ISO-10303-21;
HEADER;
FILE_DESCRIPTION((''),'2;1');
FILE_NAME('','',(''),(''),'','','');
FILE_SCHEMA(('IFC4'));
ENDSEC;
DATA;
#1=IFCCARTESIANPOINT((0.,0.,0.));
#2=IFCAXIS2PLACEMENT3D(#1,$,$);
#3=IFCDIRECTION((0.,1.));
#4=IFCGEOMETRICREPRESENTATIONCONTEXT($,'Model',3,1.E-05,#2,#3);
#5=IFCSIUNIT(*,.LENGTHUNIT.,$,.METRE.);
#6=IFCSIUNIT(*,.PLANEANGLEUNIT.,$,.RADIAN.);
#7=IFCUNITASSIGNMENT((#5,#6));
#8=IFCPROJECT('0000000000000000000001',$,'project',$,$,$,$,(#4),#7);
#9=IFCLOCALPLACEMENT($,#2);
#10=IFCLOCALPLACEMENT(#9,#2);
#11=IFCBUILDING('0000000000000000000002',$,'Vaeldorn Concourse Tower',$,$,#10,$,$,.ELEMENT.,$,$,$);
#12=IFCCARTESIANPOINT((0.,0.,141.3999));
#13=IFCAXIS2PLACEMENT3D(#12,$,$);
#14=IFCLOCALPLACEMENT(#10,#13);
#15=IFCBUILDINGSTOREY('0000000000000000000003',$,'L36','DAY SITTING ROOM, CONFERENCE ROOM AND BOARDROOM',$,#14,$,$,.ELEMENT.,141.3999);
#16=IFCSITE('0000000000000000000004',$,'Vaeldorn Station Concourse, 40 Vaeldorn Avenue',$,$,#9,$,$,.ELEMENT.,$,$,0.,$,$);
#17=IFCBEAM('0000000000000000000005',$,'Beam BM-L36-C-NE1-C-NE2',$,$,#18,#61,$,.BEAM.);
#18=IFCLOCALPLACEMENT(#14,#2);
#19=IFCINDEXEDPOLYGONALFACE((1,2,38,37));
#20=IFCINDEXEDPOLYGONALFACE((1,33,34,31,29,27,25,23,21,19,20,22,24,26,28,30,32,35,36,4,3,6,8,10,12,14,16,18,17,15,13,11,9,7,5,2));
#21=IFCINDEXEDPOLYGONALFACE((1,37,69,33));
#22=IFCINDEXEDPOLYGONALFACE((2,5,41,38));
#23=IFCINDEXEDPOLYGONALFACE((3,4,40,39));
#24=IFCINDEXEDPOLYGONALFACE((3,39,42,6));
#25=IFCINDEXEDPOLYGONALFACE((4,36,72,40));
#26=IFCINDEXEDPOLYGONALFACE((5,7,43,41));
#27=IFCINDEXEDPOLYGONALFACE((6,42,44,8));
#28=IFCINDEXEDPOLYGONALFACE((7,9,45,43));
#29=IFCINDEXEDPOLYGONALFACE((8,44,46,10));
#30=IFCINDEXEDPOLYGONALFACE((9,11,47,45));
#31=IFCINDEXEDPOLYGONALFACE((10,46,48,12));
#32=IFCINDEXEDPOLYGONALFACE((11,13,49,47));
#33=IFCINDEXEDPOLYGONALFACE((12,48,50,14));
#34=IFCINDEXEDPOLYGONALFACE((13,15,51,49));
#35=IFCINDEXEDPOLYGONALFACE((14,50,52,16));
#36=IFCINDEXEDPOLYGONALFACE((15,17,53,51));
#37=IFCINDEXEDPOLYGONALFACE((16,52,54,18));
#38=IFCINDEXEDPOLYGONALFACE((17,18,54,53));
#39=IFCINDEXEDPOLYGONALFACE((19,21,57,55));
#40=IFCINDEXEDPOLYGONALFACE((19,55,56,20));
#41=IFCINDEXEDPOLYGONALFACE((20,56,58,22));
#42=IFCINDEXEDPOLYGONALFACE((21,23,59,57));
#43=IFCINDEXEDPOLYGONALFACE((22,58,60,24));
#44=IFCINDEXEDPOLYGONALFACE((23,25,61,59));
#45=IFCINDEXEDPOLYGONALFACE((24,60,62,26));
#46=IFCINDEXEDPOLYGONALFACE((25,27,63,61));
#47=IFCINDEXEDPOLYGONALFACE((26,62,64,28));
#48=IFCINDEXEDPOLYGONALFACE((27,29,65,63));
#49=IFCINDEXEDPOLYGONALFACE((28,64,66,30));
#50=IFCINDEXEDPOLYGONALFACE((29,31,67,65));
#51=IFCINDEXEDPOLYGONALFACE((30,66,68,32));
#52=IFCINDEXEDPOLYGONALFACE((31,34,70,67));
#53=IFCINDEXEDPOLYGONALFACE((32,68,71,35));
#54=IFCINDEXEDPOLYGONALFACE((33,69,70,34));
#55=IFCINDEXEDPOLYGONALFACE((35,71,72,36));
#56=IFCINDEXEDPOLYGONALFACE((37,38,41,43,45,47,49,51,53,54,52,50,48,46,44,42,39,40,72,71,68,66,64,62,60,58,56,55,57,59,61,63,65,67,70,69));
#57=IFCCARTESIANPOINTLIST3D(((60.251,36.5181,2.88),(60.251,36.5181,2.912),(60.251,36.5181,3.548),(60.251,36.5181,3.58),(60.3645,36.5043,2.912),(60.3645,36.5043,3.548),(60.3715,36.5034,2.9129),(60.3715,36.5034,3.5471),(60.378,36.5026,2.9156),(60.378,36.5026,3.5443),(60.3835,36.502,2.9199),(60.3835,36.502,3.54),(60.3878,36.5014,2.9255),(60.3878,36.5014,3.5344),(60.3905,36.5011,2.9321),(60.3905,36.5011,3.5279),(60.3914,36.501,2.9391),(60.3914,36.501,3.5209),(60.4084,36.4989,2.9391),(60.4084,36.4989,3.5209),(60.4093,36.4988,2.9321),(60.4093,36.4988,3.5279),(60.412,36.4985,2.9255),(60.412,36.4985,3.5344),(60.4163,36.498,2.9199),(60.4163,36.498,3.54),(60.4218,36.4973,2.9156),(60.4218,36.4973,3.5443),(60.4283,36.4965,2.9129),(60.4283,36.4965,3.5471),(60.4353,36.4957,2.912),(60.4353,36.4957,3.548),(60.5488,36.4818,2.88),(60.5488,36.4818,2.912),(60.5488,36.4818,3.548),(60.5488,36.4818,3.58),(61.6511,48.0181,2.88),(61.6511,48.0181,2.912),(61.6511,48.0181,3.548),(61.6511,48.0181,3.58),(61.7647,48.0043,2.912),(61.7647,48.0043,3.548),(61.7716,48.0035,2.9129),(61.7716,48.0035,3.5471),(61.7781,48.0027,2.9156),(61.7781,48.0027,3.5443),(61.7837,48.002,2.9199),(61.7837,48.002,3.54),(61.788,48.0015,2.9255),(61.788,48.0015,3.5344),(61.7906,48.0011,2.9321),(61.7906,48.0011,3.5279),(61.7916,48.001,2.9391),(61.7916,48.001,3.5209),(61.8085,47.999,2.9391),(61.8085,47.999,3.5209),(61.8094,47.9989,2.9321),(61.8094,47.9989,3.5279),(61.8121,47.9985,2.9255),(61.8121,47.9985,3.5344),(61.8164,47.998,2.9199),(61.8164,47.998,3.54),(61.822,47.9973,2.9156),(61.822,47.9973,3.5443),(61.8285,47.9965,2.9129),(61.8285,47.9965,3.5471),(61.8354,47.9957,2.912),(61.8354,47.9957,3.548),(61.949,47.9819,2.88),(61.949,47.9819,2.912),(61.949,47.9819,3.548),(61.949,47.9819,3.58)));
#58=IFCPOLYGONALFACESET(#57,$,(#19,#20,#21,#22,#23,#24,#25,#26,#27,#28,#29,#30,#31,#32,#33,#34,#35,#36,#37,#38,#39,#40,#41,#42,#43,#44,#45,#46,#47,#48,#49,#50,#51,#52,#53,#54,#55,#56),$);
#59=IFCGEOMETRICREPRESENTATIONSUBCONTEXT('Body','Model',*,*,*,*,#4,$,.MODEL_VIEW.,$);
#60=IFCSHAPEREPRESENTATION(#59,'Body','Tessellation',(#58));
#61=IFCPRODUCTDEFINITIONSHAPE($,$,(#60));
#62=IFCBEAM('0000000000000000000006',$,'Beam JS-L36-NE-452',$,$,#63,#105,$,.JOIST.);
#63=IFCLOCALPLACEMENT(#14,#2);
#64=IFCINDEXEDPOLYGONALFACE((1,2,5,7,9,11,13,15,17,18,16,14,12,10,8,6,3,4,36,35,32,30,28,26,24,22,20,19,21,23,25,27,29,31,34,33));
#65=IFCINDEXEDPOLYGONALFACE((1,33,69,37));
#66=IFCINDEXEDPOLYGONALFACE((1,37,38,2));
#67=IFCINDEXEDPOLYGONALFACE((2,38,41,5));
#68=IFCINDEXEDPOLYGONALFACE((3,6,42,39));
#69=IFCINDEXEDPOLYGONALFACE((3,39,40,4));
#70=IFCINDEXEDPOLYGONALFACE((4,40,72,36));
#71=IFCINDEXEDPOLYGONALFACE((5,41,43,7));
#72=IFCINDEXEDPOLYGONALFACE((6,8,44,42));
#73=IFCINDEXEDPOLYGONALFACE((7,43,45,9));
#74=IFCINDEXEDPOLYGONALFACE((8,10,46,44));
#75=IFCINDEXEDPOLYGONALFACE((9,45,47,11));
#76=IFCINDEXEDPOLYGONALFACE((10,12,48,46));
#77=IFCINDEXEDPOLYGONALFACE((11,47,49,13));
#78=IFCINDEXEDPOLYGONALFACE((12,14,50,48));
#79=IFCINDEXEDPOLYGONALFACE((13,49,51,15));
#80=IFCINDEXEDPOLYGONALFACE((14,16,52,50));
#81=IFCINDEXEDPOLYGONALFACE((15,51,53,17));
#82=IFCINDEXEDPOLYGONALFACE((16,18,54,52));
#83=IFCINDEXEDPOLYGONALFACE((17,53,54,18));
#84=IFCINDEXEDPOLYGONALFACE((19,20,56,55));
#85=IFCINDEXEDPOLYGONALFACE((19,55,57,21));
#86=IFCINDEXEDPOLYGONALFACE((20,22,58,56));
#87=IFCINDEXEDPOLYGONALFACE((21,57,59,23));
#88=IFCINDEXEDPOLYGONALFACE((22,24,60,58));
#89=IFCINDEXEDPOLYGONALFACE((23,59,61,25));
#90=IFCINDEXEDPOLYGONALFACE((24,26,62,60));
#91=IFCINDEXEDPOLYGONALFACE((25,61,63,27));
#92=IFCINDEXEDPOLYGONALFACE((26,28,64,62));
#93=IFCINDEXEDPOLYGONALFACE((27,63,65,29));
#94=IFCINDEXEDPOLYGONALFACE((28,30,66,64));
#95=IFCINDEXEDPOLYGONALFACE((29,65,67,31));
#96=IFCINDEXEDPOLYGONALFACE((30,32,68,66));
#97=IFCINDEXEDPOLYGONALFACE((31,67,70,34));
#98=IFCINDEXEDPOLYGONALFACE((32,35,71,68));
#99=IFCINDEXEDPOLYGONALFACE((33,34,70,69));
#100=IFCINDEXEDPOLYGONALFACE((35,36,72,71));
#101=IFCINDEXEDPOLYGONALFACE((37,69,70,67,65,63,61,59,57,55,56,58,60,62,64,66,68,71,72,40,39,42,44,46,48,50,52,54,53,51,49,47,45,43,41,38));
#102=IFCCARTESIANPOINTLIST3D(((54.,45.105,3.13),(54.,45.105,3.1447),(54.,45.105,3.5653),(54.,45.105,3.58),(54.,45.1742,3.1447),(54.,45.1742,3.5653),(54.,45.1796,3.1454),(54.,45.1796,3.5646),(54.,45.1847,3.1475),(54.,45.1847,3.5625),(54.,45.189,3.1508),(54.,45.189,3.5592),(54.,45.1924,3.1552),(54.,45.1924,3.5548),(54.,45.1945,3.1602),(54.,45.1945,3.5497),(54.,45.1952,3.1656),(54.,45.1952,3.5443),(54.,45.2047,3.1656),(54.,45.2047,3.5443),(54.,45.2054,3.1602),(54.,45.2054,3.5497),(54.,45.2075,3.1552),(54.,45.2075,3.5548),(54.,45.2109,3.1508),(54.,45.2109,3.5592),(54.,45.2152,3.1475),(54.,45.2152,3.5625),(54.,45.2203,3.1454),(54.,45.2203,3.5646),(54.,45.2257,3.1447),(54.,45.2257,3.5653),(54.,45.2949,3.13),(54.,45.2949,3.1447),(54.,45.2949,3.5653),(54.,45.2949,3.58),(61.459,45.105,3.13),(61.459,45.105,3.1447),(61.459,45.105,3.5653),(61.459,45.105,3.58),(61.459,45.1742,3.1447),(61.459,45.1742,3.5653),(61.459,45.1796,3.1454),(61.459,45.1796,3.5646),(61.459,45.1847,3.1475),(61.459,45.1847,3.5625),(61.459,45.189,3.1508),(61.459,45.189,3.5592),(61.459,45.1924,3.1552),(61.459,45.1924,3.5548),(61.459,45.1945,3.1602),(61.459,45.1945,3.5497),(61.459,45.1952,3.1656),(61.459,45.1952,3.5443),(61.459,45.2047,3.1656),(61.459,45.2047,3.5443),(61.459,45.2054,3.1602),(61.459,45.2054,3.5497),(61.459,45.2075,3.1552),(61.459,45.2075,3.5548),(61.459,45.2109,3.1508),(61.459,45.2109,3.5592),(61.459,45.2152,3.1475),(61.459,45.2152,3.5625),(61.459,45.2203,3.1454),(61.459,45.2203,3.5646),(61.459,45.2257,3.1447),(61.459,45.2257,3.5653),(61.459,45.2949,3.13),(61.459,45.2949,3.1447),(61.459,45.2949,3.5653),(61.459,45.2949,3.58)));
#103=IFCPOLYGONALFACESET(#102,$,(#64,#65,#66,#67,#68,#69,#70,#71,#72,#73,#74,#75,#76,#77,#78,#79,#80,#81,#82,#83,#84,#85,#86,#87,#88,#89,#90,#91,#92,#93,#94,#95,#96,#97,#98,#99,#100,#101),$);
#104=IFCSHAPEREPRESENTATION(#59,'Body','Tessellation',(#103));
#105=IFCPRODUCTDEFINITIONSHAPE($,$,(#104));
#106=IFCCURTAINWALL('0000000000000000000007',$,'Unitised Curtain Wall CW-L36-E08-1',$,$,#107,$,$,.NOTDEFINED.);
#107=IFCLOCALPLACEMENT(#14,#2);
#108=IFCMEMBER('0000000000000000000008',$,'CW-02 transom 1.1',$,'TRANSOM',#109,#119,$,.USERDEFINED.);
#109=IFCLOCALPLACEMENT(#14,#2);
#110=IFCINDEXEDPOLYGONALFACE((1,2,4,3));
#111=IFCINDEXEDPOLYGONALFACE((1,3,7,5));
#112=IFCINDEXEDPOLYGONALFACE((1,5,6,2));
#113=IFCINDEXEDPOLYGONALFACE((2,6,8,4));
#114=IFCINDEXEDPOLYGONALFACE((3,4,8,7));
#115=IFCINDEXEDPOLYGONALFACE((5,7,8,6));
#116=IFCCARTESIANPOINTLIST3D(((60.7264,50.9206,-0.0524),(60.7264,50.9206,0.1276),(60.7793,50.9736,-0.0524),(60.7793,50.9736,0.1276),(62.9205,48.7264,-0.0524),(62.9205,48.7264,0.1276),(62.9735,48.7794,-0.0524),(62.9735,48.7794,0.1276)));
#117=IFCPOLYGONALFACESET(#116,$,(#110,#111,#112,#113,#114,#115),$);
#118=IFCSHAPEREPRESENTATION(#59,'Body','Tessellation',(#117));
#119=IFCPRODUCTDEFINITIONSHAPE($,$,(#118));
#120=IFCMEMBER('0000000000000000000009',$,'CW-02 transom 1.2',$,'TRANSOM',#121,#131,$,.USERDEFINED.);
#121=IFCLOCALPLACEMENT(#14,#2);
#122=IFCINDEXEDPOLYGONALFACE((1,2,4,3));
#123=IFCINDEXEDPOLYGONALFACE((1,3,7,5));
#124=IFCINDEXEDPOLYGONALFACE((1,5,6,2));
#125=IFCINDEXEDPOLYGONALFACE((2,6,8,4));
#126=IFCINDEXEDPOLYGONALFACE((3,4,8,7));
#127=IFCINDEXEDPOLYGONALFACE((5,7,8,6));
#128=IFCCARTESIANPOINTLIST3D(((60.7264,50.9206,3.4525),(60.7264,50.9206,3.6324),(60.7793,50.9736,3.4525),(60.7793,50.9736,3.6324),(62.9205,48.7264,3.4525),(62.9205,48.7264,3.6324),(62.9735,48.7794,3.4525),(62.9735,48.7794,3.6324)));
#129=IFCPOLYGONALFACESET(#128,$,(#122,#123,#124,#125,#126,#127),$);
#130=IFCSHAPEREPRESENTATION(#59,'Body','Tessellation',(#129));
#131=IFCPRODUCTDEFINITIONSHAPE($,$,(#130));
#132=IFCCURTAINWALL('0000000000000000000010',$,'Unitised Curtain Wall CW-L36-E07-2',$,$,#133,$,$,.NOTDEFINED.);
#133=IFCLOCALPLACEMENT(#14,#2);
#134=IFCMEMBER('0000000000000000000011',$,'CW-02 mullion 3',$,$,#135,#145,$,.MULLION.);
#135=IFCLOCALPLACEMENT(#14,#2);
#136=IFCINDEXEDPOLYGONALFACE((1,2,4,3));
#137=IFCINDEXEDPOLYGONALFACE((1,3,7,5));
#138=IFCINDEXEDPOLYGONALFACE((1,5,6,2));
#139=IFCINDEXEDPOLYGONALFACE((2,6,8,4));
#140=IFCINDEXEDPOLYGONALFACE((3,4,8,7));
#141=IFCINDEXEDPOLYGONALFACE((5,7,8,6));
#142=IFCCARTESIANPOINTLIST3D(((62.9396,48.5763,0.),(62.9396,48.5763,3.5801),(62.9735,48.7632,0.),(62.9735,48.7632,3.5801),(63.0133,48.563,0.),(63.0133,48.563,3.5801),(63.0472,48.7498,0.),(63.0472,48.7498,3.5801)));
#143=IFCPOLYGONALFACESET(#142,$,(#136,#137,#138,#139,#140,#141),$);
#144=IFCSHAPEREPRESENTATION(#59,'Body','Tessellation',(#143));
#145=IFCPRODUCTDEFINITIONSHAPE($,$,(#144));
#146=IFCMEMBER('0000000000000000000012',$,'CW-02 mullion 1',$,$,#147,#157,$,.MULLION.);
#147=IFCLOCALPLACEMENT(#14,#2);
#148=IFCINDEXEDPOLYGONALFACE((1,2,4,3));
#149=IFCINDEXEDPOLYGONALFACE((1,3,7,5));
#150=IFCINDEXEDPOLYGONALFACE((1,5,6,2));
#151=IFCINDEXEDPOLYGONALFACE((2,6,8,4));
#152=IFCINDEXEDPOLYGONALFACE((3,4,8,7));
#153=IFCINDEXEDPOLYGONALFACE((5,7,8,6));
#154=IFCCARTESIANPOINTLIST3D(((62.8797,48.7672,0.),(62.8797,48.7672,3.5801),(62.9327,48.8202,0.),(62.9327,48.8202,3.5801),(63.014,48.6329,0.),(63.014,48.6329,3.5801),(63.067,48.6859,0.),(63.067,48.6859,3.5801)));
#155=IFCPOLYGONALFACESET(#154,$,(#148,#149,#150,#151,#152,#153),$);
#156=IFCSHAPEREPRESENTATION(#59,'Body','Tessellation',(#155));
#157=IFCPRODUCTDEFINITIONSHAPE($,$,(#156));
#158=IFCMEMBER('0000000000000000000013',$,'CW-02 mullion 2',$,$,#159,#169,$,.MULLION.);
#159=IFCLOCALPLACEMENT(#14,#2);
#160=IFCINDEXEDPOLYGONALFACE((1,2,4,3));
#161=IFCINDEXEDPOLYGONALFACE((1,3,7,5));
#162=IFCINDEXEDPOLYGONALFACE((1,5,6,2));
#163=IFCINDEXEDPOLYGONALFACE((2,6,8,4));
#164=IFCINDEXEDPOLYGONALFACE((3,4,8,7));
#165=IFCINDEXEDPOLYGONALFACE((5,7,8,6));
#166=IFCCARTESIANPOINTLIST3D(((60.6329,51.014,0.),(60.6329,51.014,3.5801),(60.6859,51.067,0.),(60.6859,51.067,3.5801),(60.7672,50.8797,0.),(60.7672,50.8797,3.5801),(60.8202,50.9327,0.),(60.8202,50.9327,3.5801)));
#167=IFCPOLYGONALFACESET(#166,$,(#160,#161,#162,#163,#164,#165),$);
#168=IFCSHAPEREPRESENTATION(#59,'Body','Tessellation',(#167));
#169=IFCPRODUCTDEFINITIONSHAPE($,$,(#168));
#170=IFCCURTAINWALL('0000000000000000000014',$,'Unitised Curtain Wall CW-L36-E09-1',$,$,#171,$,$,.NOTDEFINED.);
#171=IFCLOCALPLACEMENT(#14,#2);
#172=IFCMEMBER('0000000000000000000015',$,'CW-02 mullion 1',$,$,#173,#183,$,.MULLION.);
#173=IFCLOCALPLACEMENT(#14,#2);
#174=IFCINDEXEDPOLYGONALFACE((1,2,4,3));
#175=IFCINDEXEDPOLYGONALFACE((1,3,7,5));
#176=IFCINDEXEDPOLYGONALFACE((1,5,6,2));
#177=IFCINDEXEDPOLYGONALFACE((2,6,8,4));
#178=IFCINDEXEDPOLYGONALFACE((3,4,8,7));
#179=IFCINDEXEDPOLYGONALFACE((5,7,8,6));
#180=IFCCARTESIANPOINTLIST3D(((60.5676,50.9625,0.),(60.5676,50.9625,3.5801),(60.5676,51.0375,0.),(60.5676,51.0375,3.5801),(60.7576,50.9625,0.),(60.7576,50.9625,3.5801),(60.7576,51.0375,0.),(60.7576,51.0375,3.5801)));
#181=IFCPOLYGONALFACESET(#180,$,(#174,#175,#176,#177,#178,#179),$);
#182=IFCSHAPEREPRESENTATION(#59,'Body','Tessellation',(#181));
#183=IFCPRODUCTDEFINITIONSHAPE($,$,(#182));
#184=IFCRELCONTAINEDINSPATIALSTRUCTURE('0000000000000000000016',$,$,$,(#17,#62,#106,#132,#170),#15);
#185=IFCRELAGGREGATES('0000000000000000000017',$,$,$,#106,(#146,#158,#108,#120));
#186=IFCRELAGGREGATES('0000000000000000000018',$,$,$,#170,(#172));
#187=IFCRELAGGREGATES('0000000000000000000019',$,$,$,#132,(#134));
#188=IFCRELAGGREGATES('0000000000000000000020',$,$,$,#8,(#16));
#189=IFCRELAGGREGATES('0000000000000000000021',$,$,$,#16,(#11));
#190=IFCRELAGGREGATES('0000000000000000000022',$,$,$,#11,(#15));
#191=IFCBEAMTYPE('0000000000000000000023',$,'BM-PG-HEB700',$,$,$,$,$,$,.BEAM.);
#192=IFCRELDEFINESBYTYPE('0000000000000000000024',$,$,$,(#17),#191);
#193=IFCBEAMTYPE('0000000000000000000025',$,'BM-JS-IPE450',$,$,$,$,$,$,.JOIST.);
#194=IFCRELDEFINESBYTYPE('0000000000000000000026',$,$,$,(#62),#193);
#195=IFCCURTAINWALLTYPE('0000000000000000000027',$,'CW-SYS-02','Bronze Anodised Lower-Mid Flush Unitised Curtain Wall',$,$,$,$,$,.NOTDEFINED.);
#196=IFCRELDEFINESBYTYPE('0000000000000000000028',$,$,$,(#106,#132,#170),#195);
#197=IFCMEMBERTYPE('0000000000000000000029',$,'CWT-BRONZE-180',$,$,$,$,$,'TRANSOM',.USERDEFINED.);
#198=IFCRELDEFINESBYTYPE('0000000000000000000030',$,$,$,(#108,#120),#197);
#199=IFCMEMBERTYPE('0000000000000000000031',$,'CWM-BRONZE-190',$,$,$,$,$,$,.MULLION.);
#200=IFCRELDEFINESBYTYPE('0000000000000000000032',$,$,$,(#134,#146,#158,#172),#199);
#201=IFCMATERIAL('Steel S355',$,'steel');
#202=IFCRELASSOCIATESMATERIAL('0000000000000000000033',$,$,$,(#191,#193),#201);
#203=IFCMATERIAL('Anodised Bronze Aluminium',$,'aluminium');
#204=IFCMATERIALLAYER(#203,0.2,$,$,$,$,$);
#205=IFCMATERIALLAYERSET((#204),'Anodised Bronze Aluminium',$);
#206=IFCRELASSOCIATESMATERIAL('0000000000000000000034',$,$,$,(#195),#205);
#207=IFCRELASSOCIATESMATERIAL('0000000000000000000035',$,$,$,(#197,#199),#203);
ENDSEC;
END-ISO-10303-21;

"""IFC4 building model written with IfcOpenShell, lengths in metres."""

from ifc_helpers import new_model, si_unit, direction, frame, origin, origin_2d, place, context, subcontext, project, spatial, rectangle, i_section, extrude, source, transform, mapped, material, layer, layer_set, material_profile, profile_set, type_object, element, aggregate, save


model = new_model("IFC4")

# Units and contexts
model_context = context("Model", 3, precision=1e-05, world=origin(), true_north=direction((0.0, 1.0)))
body_context = subcontext(model_context, "Body", "Model", "MODEL_VIEW")
ifc_project = project(units=[si_unit("LENGTHUNIT", "METRE"), si_unit("PLANEANGLEUNIT", "RADIAN")], contexts=[model_context])

# Site, building, storey
site_placement = place(None, origin())
site = spatial("IfcSite", under=ifc_project, at=site_placement, Name="Vaeldorn Station Concourse, 40 Vaeldorn Avenue", CompositionType="ELEMENT", RefElevation=0.0)
building_placement = place(site_placement, origin())
building = spatial("IfcBuilding", under=site, at=building_placement, Name="Vaeldorn Concourse Tower", CompositionType="ELEMENT")
storey_placement = place(building_placement, frame((0.0, 0.0, 141.3999)))
storey = spatial("IfcBuildingStorey", under=building, at=storey_placement, Name="L36", Description="DAY SITTING ROOM, CONFERENCE ROOM AND BOARDROOM", CompositionType="ELEMENT", Elevation=141.3999)

# Beams
ifc_material_1 = material(Name="Steel S355", Category="steel")
ifc_material_profile_1 = material_profile(ifc_material_1, i_section(OverallWidth=0.3, OverallDepth=0.7, WebThickness=0.0171, FlangeThickness=0.032, FilletRadius=0.0271, at=origin_2d()), Name="HEB 700")
ifc_profile_set_1 = profile_set([ifc_material_profile_1], Name="Steel S355")
beam_type_1 = type_object("IfcBeamType", Name="BM-PG-HEB700", PredefinedType="BEAM", material=ifc_profile_set_1)
shared_shape_1 = source(origin(), body_context, "Body", "SweptSolid", [
    extrude(i_section(OverallWidth=0.3, OverallDepth=0.7, WebThickness=0.0171, FlangeThickness=0.032, FilletRadius=0.0271, at=origin_2d()), origin(), (0.0, 0.0, 1.0), 11.585),
])
beam_1_placement = place(storey_placement, frame((61.8, 48.0, 3.23), z_axis=(-0.120859, -0.99267, 0.0), x_axis=(0.99267, -0.120859, 0.0)))
element("IfcBeam", 1, at=beam_1_placement, inside=storey, type_object=beam_type_1, Name="Beam BM-L36-C-NE1-C-NE2", PredefinedType="BEAM", context=body_context, shape_type="MappedRepresentation", body=[
    mapped(shared_shape_1, transform((0.0, 0.0, 0.0), scale=1.0)),
])
ifc_material_profile_2 = material_profile(ifc_material_1, i_section(OverallWidth=0.1899, OverallDepth=0.45, WebThickness=0.0095, FlangeThickness=0.0146, FilletRadius=0.021, at=origin_2d()), Name="IPE 450")
ifc_profile_set_2 = profile_set([ifc_material_profile_2], Name="Steel S355")
beam_type_2 = type_object("IfcBeamType", Name="BM-JS-IPE450", PredefinedType="JOIST", material=ifc_profile_set_2)
shared_shape_2 = source(origin(), body_context, "Body", "SweptSolid", [
    extrude(i_section(OverallWidth=0.1899, OverallDepth=0.45, WebThickness=0.0095, FlangeThickness=0.0146, FilletRadius=0.021, at=origin_2d()), origin(), (0.0, 0.0, 1.0), 7.459),
])
beam_2_placement = place(storey_placement, frame((54.0, 45.2, 3.355), z_axis=(1.0, 0.0, 0.0), x_axis=(0.0, 1.0, 0.0)))
element("IfcBeam", 2, at=beam_2_placement, inside=storey, type_object=beam_type_2, Name="Beam JS-L36-NE-452", PredefinedType="JOIST", context=body_context, shape_type="MappedRepresentation", body=[
    mapped(shared_shape_2, transform((0.0, 0.0, 0.0), scale=1.0)),
])

# Curtain wall, members
ifc_material_2 = material(Name="Anodised Bronze Aluminium", Category="aluminium")
ifc_layer_1 = layer(ifc_material_2, 0.2)
ifc_layer_set_1 = layer_set([ifc_layer_1], Name="Anodised Bronze Aluminium")
curtain_wall_type = type_object("IfcCurtainWallType", Name="CW-SYS-02", Description="Bronze Anodised Lower-Mid Flush Unitised Curtain Wall", PredefinedType="NOTDEFINED", material=ifc_layer_set_1)
curtain_wall_1_placement = place(storey_placement, origin())
curtain_wall_1 = element("IfcCurtainWall", 3, at=curtain_wall_1_placement, inside=storey, type_object=curtain_wall_type, Name="Unitised Curtain Wall CW-L36-E08-1", PredefinedType="NOTDEFINED")
ifc_material_profile_3 = material_profile(ifc_material_2, rectangle(XDim=0.075, YDim=0.1799, at=origin_2d()), Name="CWT 75x180")
ifc_profile_set_3 = profile_set([ifc_material_profile_3], Name="Anodised Bronze Aluminium")
member_type_1 = type_object("IfcMemberType", Name="CWT-BRONZE-180", ElementType="TRANSOM", PredefinedType="USERDEFINED", material=ifc_profile_set_3)
shared_shape_3 = source(origin(), body_context, "Body", "SweptSolid", [
    extrude(rectangle(XDim=0.075, YDim=0.1799, at=origin_2d()), origin(), (0.0, 0.0, 1.0), 3.103),
])
member_1_placement = place(storey_placement, frame((62.947, 48.7529, 0.0376), z_axis=(-0.707107, 0.707107, 0.0), x_axis=(-0.707107, -0.707107, 0.0)))
member_1 = element("IfcMember", 4, at=member_1_placement, type_object=member_type_1, Name="CW-02 transom 1.1", ObjectType="TRANSOM", PredefinedType="USERDEFINED", context=body_context, shape_type="MappedRepresentation", body=[
    mapped(shared_shape_3, transform((0.0, 0.0, 0.0), scale=1.0)),
])
member_2_placement = place(storey_placement, frame((62.947, 48.7529, 3.5425), z_axis=(-0.707107, 0.707107, 0.0), x_axis=(-0.707107, -0.707107, 0.0)))
member_2 = element("IfcMember", 5, at=member_2_placement, type_object=member_type_1, Name="CW-02 transom 1.2", ObjectType="TRANSOM", PredefinedType="USERDEFINED", context=body_context, shape_type="MappedRepresentation", body=[
    mapped(shared_shape_3, transform((0.0, 0.0, 0.0), scale=1.0)),
])

# Curtain wall, member
curtain_wall_2_placement = place(storey_placement, origin())
curtain_wall_2 = element("IfcCurtainWall", 6, at=curtain_wall_2_placement, inside=storey, type_object=curtain_wall_type, Name="Unitised Curtain Wall CW-L36-E07-2", PredefinedType="NOTDEFINED")
ifc_material_profile_4 = material_profile(ifc_material_2, rectangle(XDim=0.075, YDim=0.1899, at=origin_2d()), Name="CWM 75x190")
ifc_profile_set_4 = profile_set([ifc_material_profile_4], Name="Anodised Bronze Aluminium")
member_type_2 = type_object("IfcMemberType", Name="CWM-BRONZE-190", PredefinedType="MULLION", material=ifc_profile_set_4)
shared_shape_4 = source(origin(), body_context, "Body", "SweptSolid", [
    extrude(rectangle(XDim=0.075, YDim=0.1899, at=origin_2d()), origin(), (0.0, 0.0, 1.0), 3.5801),
])
member_3_placement = place(storey_placement, frame((62.9934, 48.6631, 0.0), z_axis=(0.0, 0.0, 1.0), x_axis=(-0.983935, 0.178527, 0.0)))
member_3 = element("IfcMember", 7, at=member_3_placement, type_object=member_type_2, Name="CW-02 mullion 3", PredefinedType="MULLION", context=body_context, shape_type="MappedRepresentation", body=[
    mapped(shared_shape_4, transform((0.0, 0.0, 0.0), scale=1.0)),
])

# Members
member_4_placement = place(storey_placement, frame((62.9734, 48.7266, 0.0), z_axis=(0.0, 0.0, 1.0), x_axis=(-0.707107, -0.707107, 0.0)))
member_4 = element("IfcMember", 8, at=member_4_placement, type_object=member_type_2, Name="CW-02 mullion 1", PredefinedType="MULLION", context=body_context, shape_type="MappedRepresentation", body=[
    mapped(shared_shape_4, transform((0.0, 0.0, 0.0), scale=1.0)),
])
member_5_placement = place(storey_placement, frame((60.7266, 50.9734, 0.0), z_axis=(0.0, 0.0, 1.0), x_axis=(-0.707107, -0.707107, 0.0)))
member_5 = element("IfcMember", 9, at=member_5_placement, type_object=member_type_2, Name="CW-02 mullion 2", PredefinedType="MULLION", context=body_context, shape_type="MappedRepresentation", body=[
    mapped(shared_shape_4, transform((0.0, 0.0, 0.0), scale=1.0)),
])

# Curtain wall, member
curtain_wall_3_placement = place(storey_placement, origin())
curtain_wall_3 = element("IfcCurtainWall", 10, at=curtain_wall_3_placement, inside=storey, type_object=curtain_wall_type, Name="Unitised Curtain Wall CW-L36-E09-1", PredefinedType="NOTDEFINED")
member_6_placement = place(storey_placement, frame((60.6626, 51.0, 0.0), z_axis=(0.0, 0.0, 1.0), x_axis=(0.0, -1.0, 0.0)))
member_6 = element("IfcMember", 11, at=member_6_placement, type_object=member_type_2, Name="CW-02 mullion 1", PredefinedType="MULLION", context=body_context, shape_type="MappedRepresentation", body=[
    mapped(shared_shape_4, transform((0.0, 0.0, 0.0), scale=1.0)),
])

aggregate(curtain_wall_1, [member_4, member_5, member_1, member_2])
aggregate(curtain_wall_3, [member_6])
aggregate(curtain_wall_2, [member_3])

save(model, "model.ifc")
